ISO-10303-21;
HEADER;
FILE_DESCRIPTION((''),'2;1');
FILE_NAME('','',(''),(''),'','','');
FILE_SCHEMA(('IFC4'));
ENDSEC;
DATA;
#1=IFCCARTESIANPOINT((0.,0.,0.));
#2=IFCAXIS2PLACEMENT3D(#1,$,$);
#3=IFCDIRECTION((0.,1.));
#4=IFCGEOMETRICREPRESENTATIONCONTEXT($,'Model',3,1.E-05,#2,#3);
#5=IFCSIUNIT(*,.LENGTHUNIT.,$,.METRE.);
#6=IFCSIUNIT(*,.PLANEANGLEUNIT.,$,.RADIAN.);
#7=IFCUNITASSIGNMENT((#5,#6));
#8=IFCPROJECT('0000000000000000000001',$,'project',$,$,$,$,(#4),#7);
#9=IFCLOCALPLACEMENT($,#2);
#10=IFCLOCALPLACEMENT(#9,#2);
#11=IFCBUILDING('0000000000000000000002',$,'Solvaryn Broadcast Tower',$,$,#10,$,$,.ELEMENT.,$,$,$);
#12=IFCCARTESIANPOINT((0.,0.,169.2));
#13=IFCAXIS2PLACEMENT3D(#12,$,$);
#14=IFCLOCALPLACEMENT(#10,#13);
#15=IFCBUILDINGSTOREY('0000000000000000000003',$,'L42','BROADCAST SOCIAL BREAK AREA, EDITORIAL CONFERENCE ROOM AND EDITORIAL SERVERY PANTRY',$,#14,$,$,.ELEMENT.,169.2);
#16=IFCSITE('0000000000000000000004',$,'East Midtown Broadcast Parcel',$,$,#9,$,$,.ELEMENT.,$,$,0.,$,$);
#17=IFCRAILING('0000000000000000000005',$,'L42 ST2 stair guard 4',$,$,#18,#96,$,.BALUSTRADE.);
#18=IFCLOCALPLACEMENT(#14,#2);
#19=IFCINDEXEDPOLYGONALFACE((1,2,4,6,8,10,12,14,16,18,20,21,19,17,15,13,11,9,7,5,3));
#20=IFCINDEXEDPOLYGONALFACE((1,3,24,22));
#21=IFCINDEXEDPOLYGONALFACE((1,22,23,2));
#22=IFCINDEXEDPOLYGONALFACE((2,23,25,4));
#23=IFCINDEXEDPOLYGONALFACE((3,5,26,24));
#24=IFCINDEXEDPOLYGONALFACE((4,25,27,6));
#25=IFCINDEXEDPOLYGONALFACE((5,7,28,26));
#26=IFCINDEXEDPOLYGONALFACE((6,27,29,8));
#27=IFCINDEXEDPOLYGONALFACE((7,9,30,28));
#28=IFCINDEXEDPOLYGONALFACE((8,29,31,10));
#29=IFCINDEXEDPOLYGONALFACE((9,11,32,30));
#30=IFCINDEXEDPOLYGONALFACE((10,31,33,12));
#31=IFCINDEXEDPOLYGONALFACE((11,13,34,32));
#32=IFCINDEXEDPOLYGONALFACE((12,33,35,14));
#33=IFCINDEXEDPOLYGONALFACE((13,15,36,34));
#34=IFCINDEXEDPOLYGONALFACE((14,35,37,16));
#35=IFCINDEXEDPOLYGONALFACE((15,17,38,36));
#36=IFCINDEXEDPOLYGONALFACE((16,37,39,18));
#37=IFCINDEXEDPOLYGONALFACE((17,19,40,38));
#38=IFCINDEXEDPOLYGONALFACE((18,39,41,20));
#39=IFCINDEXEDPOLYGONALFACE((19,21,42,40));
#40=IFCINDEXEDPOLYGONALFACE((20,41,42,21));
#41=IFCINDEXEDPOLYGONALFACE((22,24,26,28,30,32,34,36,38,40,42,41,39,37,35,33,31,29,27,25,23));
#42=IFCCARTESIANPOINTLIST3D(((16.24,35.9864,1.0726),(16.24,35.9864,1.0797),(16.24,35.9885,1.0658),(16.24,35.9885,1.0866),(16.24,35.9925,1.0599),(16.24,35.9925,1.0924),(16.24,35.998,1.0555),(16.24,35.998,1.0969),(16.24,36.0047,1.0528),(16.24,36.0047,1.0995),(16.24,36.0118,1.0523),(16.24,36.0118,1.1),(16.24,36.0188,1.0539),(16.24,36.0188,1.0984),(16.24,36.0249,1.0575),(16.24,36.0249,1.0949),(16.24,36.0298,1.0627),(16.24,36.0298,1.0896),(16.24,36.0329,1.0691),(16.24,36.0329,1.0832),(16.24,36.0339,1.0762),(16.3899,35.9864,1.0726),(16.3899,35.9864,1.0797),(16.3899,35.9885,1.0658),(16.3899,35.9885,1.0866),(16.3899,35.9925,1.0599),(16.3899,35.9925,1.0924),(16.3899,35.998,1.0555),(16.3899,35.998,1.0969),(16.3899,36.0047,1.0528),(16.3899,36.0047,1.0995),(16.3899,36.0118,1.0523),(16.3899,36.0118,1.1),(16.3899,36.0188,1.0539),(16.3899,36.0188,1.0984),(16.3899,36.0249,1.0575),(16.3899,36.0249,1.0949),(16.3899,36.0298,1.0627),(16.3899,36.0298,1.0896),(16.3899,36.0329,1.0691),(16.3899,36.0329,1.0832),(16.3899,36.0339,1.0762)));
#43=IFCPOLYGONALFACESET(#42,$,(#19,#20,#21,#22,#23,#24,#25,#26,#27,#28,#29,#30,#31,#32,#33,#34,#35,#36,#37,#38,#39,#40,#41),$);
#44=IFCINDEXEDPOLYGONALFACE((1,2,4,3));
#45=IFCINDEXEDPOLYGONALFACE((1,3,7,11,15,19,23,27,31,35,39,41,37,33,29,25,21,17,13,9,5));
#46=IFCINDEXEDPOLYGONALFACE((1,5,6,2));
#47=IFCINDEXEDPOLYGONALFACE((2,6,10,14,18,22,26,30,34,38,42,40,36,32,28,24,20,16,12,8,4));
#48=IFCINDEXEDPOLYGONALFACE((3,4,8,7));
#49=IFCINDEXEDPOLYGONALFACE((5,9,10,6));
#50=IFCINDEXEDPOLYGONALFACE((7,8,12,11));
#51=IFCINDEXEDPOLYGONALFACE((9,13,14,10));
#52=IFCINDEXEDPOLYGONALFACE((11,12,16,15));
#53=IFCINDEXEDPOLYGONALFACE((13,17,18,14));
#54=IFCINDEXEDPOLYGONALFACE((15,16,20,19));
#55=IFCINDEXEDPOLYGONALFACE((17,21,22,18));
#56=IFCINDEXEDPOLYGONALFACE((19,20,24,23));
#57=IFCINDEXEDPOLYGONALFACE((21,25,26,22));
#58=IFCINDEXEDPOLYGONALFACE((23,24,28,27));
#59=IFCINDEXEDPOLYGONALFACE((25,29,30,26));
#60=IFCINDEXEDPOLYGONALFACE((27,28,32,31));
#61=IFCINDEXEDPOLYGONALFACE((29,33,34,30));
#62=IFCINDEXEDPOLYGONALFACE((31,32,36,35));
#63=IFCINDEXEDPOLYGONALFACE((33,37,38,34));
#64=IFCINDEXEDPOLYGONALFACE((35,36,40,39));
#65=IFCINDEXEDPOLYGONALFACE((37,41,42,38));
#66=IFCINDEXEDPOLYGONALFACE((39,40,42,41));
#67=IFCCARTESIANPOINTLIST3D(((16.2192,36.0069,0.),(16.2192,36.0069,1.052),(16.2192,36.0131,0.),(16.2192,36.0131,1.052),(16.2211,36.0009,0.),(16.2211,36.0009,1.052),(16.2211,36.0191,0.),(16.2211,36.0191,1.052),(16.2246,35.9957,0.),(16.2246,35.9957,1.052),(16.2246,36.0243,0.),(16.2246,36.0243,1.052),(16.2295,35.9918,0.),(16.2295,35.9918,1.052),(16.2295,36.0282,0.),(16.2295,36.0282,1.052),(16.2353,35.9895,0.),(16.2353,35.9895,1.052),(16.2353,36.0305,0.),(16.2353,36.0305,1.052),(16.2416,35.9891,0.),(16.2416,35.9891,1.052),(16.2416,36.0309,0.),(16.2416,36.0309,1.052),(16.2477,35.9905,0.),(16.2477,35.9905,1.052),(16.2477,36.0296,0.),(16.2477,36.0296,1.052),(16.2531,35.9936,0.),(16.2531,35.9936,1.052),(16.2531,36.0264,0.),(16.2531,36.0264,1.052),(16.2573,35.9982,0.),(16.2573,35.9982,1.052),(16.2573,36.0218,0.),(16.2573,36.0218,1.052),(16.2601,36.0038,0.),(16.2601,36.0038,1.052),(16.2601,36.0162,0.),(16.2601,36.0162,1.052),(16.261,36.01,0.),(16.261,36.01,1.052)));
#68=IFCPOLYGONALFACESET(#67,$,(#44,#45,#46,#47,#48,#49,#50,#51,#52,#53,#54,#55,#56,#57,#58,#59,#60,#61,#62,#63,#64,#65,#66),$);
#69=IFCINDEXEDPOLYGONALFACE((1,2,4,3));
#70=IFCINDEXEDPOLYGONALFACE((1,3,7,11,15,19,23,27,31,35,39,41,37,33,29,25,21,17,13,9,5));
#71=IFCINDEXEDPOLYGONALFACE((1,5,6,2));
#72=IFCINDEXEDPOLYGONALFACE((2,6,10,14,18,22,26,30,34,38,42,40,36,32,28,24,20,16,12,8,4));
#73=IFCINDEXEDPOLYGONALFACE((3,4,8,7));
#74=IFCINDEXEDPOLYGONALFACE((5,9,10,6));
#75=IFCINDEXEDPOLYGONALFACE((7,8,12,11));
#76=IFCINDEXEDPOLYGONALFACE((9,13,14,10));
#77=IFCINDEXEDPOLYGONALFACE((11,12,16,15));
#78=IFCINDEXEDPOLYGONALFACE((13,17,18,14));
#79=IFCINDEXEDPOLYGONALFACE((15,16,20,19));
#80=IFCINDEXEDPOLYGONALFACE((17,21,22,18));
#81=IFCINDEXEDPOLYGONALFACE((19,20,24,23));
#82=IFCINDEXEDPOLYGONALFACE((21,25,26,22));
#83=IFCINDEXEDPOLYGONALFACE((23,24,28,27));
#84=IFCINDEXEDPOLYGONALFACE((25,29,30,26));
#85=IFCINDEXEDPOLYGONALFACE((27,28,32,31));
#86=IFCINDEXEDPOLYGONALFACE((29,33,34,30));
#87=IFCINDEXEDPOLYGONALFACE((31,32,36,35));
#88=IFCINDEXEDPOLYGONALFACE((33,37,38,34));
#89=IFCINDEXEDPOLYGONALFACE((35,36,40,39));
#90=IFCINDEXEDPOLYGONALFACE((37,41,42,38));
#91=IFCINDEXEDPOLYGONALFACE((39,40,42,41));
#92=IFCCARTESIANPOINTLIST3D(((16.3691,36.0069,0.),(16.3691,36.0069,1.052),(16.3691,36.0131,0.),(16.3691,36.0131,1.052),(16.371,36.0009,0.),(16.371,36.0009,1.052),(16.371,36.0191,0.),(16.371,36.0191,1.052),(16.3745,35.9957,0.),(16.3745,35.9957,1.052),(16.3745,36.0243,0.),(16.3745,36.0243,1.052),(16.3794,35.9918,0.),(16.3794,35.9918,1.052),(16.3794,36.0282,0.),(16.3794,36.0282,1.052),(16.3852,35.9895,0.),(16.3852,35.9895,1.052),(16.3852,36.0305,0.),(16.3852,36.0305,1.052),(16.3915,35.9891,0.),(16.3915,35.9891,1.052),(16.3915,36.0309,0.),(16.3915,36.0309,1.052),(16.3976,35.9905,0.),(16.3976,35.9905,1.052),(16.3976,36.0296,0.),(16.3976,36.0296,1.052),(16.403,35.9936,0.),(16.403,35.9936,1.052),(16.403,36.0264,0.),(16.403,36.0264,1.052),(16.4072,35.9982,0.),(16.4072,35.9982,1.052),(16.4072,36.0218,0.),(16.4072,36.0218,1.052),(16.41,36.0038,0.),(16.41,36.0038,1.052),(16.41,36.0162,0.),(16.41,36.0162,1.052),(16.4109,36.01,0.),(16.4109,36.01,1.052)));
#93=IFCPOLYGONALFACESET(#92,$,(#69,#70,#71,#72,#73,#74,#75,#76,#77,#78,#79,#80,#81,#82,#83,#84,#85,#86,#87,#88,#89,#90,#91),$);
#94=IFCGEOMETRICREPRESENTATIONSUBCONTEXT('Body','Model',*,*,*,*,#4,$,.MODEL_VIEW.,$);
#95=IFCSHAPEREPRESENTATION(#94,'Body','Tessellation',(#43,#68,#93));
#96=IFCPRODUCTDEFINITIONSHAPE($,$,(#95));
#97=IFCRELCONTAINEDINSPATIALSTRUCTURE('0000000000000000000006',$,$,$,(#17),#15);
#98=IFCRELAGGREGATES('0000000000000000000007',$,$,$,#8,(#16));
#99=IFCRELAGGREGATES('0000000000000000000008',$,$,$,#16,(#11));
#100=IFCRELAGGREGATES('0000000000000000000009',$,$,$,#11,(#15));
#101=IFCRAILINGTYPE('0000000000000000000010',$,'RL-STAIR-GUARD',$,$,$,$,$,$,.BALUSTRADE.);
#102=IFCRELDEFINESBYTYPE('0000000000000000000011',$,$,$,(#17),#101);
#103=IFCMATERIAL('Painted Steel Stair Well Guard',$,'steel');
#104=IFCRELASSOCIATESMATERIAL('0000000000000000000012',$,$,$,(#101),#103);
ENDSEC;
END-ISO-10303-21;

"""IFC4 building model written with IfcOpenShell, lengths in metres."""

from ifc_helpers import new_model, si_unit, direction, frame, origin, origin_2d, place, context, subcontext, project, spatial, circle, extrude, material, type_object, element, save


model = new_model("IFC4")

# Units and contexts
model_context = context("Model", 3, precision=1e-05, world=origin(), true_north=direction((0.0, 1.0)))
body_context = subcontext(model_context, "Body", "Model", "MODEL_VIEW")
ifc_project = project(units=[si_unit("LENGTHUNIT", "METRE"), si_unit("PLANEANGLEUNIT", "RADIAN")], contexts=[model_context])

# Site, building, storey
site_placement = place(None, origin())
site = spatial("IfcSite", under=ifc_project, at=site_placement, Name="East Midtown Broadcast Parcel", CompositionType="ELEMENT", RefElevation=0.0)
building_placement = place(site_placement, origin())
building = spatial("IfcBuilding", under=site, at=building_placement, Name="Solvaryn Broadcast Tower", CompositionType="ELEMENT")
storey_placement = place(building_placement, frame((0.0, 0.0, 169.2)))
storey = spatial("IfcBuildingStorey", under=building, at=storey_placement, Name="L42", Description="BROADCAST SOCIAL BREAK AREA, EDITORIAL CONFERENCE ROOM AND EDITORIAL SERVERY PANTRY", CompositionType="ELEMENT", Elevation=169.2)

# Railing
ifc_material_1 = material(Name="Painted Steel Stair Well Guard", Category="steel")
railing_type_1 = type_object("IfcRailingType", Name="RL-STAIR-GUARD", PredefinedType="BALUSTRADE", material=ifc_material_1)
railing_1_placement = place(storey_placement, frame((16.24, 36.01, 0.0)))
element("IfcRailing", 1, at=railing_1_placement, inside=storey, type_object=railing_type_1, Name="L42 ST2 stair guard 4", PredefinedType="BALUSTRADE", context=body_context, shape_type="SweptSolid", body=[
    extrude(circle(Radius=0.0239, at=origin_2d()), frame((0.0, 0.0, 1.0762), z_axis=(1.0, 0.0, 0.0), x_axis=(0.0, 1.0, 0.0)), (0.0, 0.0, 1.0), 0.1499),
    extrude(circle(Radius=0.021, at=origin_2d()), origin(), (0.0, 0.0, 1.0), 1.052),
    extrude(circle(Radius=0.021, at=origin_2d()), frame((0.1499, 0.0, 0.0)), (0.0, 0.0, 1.0), 1.052),
])

save(model, "model.ifc")
